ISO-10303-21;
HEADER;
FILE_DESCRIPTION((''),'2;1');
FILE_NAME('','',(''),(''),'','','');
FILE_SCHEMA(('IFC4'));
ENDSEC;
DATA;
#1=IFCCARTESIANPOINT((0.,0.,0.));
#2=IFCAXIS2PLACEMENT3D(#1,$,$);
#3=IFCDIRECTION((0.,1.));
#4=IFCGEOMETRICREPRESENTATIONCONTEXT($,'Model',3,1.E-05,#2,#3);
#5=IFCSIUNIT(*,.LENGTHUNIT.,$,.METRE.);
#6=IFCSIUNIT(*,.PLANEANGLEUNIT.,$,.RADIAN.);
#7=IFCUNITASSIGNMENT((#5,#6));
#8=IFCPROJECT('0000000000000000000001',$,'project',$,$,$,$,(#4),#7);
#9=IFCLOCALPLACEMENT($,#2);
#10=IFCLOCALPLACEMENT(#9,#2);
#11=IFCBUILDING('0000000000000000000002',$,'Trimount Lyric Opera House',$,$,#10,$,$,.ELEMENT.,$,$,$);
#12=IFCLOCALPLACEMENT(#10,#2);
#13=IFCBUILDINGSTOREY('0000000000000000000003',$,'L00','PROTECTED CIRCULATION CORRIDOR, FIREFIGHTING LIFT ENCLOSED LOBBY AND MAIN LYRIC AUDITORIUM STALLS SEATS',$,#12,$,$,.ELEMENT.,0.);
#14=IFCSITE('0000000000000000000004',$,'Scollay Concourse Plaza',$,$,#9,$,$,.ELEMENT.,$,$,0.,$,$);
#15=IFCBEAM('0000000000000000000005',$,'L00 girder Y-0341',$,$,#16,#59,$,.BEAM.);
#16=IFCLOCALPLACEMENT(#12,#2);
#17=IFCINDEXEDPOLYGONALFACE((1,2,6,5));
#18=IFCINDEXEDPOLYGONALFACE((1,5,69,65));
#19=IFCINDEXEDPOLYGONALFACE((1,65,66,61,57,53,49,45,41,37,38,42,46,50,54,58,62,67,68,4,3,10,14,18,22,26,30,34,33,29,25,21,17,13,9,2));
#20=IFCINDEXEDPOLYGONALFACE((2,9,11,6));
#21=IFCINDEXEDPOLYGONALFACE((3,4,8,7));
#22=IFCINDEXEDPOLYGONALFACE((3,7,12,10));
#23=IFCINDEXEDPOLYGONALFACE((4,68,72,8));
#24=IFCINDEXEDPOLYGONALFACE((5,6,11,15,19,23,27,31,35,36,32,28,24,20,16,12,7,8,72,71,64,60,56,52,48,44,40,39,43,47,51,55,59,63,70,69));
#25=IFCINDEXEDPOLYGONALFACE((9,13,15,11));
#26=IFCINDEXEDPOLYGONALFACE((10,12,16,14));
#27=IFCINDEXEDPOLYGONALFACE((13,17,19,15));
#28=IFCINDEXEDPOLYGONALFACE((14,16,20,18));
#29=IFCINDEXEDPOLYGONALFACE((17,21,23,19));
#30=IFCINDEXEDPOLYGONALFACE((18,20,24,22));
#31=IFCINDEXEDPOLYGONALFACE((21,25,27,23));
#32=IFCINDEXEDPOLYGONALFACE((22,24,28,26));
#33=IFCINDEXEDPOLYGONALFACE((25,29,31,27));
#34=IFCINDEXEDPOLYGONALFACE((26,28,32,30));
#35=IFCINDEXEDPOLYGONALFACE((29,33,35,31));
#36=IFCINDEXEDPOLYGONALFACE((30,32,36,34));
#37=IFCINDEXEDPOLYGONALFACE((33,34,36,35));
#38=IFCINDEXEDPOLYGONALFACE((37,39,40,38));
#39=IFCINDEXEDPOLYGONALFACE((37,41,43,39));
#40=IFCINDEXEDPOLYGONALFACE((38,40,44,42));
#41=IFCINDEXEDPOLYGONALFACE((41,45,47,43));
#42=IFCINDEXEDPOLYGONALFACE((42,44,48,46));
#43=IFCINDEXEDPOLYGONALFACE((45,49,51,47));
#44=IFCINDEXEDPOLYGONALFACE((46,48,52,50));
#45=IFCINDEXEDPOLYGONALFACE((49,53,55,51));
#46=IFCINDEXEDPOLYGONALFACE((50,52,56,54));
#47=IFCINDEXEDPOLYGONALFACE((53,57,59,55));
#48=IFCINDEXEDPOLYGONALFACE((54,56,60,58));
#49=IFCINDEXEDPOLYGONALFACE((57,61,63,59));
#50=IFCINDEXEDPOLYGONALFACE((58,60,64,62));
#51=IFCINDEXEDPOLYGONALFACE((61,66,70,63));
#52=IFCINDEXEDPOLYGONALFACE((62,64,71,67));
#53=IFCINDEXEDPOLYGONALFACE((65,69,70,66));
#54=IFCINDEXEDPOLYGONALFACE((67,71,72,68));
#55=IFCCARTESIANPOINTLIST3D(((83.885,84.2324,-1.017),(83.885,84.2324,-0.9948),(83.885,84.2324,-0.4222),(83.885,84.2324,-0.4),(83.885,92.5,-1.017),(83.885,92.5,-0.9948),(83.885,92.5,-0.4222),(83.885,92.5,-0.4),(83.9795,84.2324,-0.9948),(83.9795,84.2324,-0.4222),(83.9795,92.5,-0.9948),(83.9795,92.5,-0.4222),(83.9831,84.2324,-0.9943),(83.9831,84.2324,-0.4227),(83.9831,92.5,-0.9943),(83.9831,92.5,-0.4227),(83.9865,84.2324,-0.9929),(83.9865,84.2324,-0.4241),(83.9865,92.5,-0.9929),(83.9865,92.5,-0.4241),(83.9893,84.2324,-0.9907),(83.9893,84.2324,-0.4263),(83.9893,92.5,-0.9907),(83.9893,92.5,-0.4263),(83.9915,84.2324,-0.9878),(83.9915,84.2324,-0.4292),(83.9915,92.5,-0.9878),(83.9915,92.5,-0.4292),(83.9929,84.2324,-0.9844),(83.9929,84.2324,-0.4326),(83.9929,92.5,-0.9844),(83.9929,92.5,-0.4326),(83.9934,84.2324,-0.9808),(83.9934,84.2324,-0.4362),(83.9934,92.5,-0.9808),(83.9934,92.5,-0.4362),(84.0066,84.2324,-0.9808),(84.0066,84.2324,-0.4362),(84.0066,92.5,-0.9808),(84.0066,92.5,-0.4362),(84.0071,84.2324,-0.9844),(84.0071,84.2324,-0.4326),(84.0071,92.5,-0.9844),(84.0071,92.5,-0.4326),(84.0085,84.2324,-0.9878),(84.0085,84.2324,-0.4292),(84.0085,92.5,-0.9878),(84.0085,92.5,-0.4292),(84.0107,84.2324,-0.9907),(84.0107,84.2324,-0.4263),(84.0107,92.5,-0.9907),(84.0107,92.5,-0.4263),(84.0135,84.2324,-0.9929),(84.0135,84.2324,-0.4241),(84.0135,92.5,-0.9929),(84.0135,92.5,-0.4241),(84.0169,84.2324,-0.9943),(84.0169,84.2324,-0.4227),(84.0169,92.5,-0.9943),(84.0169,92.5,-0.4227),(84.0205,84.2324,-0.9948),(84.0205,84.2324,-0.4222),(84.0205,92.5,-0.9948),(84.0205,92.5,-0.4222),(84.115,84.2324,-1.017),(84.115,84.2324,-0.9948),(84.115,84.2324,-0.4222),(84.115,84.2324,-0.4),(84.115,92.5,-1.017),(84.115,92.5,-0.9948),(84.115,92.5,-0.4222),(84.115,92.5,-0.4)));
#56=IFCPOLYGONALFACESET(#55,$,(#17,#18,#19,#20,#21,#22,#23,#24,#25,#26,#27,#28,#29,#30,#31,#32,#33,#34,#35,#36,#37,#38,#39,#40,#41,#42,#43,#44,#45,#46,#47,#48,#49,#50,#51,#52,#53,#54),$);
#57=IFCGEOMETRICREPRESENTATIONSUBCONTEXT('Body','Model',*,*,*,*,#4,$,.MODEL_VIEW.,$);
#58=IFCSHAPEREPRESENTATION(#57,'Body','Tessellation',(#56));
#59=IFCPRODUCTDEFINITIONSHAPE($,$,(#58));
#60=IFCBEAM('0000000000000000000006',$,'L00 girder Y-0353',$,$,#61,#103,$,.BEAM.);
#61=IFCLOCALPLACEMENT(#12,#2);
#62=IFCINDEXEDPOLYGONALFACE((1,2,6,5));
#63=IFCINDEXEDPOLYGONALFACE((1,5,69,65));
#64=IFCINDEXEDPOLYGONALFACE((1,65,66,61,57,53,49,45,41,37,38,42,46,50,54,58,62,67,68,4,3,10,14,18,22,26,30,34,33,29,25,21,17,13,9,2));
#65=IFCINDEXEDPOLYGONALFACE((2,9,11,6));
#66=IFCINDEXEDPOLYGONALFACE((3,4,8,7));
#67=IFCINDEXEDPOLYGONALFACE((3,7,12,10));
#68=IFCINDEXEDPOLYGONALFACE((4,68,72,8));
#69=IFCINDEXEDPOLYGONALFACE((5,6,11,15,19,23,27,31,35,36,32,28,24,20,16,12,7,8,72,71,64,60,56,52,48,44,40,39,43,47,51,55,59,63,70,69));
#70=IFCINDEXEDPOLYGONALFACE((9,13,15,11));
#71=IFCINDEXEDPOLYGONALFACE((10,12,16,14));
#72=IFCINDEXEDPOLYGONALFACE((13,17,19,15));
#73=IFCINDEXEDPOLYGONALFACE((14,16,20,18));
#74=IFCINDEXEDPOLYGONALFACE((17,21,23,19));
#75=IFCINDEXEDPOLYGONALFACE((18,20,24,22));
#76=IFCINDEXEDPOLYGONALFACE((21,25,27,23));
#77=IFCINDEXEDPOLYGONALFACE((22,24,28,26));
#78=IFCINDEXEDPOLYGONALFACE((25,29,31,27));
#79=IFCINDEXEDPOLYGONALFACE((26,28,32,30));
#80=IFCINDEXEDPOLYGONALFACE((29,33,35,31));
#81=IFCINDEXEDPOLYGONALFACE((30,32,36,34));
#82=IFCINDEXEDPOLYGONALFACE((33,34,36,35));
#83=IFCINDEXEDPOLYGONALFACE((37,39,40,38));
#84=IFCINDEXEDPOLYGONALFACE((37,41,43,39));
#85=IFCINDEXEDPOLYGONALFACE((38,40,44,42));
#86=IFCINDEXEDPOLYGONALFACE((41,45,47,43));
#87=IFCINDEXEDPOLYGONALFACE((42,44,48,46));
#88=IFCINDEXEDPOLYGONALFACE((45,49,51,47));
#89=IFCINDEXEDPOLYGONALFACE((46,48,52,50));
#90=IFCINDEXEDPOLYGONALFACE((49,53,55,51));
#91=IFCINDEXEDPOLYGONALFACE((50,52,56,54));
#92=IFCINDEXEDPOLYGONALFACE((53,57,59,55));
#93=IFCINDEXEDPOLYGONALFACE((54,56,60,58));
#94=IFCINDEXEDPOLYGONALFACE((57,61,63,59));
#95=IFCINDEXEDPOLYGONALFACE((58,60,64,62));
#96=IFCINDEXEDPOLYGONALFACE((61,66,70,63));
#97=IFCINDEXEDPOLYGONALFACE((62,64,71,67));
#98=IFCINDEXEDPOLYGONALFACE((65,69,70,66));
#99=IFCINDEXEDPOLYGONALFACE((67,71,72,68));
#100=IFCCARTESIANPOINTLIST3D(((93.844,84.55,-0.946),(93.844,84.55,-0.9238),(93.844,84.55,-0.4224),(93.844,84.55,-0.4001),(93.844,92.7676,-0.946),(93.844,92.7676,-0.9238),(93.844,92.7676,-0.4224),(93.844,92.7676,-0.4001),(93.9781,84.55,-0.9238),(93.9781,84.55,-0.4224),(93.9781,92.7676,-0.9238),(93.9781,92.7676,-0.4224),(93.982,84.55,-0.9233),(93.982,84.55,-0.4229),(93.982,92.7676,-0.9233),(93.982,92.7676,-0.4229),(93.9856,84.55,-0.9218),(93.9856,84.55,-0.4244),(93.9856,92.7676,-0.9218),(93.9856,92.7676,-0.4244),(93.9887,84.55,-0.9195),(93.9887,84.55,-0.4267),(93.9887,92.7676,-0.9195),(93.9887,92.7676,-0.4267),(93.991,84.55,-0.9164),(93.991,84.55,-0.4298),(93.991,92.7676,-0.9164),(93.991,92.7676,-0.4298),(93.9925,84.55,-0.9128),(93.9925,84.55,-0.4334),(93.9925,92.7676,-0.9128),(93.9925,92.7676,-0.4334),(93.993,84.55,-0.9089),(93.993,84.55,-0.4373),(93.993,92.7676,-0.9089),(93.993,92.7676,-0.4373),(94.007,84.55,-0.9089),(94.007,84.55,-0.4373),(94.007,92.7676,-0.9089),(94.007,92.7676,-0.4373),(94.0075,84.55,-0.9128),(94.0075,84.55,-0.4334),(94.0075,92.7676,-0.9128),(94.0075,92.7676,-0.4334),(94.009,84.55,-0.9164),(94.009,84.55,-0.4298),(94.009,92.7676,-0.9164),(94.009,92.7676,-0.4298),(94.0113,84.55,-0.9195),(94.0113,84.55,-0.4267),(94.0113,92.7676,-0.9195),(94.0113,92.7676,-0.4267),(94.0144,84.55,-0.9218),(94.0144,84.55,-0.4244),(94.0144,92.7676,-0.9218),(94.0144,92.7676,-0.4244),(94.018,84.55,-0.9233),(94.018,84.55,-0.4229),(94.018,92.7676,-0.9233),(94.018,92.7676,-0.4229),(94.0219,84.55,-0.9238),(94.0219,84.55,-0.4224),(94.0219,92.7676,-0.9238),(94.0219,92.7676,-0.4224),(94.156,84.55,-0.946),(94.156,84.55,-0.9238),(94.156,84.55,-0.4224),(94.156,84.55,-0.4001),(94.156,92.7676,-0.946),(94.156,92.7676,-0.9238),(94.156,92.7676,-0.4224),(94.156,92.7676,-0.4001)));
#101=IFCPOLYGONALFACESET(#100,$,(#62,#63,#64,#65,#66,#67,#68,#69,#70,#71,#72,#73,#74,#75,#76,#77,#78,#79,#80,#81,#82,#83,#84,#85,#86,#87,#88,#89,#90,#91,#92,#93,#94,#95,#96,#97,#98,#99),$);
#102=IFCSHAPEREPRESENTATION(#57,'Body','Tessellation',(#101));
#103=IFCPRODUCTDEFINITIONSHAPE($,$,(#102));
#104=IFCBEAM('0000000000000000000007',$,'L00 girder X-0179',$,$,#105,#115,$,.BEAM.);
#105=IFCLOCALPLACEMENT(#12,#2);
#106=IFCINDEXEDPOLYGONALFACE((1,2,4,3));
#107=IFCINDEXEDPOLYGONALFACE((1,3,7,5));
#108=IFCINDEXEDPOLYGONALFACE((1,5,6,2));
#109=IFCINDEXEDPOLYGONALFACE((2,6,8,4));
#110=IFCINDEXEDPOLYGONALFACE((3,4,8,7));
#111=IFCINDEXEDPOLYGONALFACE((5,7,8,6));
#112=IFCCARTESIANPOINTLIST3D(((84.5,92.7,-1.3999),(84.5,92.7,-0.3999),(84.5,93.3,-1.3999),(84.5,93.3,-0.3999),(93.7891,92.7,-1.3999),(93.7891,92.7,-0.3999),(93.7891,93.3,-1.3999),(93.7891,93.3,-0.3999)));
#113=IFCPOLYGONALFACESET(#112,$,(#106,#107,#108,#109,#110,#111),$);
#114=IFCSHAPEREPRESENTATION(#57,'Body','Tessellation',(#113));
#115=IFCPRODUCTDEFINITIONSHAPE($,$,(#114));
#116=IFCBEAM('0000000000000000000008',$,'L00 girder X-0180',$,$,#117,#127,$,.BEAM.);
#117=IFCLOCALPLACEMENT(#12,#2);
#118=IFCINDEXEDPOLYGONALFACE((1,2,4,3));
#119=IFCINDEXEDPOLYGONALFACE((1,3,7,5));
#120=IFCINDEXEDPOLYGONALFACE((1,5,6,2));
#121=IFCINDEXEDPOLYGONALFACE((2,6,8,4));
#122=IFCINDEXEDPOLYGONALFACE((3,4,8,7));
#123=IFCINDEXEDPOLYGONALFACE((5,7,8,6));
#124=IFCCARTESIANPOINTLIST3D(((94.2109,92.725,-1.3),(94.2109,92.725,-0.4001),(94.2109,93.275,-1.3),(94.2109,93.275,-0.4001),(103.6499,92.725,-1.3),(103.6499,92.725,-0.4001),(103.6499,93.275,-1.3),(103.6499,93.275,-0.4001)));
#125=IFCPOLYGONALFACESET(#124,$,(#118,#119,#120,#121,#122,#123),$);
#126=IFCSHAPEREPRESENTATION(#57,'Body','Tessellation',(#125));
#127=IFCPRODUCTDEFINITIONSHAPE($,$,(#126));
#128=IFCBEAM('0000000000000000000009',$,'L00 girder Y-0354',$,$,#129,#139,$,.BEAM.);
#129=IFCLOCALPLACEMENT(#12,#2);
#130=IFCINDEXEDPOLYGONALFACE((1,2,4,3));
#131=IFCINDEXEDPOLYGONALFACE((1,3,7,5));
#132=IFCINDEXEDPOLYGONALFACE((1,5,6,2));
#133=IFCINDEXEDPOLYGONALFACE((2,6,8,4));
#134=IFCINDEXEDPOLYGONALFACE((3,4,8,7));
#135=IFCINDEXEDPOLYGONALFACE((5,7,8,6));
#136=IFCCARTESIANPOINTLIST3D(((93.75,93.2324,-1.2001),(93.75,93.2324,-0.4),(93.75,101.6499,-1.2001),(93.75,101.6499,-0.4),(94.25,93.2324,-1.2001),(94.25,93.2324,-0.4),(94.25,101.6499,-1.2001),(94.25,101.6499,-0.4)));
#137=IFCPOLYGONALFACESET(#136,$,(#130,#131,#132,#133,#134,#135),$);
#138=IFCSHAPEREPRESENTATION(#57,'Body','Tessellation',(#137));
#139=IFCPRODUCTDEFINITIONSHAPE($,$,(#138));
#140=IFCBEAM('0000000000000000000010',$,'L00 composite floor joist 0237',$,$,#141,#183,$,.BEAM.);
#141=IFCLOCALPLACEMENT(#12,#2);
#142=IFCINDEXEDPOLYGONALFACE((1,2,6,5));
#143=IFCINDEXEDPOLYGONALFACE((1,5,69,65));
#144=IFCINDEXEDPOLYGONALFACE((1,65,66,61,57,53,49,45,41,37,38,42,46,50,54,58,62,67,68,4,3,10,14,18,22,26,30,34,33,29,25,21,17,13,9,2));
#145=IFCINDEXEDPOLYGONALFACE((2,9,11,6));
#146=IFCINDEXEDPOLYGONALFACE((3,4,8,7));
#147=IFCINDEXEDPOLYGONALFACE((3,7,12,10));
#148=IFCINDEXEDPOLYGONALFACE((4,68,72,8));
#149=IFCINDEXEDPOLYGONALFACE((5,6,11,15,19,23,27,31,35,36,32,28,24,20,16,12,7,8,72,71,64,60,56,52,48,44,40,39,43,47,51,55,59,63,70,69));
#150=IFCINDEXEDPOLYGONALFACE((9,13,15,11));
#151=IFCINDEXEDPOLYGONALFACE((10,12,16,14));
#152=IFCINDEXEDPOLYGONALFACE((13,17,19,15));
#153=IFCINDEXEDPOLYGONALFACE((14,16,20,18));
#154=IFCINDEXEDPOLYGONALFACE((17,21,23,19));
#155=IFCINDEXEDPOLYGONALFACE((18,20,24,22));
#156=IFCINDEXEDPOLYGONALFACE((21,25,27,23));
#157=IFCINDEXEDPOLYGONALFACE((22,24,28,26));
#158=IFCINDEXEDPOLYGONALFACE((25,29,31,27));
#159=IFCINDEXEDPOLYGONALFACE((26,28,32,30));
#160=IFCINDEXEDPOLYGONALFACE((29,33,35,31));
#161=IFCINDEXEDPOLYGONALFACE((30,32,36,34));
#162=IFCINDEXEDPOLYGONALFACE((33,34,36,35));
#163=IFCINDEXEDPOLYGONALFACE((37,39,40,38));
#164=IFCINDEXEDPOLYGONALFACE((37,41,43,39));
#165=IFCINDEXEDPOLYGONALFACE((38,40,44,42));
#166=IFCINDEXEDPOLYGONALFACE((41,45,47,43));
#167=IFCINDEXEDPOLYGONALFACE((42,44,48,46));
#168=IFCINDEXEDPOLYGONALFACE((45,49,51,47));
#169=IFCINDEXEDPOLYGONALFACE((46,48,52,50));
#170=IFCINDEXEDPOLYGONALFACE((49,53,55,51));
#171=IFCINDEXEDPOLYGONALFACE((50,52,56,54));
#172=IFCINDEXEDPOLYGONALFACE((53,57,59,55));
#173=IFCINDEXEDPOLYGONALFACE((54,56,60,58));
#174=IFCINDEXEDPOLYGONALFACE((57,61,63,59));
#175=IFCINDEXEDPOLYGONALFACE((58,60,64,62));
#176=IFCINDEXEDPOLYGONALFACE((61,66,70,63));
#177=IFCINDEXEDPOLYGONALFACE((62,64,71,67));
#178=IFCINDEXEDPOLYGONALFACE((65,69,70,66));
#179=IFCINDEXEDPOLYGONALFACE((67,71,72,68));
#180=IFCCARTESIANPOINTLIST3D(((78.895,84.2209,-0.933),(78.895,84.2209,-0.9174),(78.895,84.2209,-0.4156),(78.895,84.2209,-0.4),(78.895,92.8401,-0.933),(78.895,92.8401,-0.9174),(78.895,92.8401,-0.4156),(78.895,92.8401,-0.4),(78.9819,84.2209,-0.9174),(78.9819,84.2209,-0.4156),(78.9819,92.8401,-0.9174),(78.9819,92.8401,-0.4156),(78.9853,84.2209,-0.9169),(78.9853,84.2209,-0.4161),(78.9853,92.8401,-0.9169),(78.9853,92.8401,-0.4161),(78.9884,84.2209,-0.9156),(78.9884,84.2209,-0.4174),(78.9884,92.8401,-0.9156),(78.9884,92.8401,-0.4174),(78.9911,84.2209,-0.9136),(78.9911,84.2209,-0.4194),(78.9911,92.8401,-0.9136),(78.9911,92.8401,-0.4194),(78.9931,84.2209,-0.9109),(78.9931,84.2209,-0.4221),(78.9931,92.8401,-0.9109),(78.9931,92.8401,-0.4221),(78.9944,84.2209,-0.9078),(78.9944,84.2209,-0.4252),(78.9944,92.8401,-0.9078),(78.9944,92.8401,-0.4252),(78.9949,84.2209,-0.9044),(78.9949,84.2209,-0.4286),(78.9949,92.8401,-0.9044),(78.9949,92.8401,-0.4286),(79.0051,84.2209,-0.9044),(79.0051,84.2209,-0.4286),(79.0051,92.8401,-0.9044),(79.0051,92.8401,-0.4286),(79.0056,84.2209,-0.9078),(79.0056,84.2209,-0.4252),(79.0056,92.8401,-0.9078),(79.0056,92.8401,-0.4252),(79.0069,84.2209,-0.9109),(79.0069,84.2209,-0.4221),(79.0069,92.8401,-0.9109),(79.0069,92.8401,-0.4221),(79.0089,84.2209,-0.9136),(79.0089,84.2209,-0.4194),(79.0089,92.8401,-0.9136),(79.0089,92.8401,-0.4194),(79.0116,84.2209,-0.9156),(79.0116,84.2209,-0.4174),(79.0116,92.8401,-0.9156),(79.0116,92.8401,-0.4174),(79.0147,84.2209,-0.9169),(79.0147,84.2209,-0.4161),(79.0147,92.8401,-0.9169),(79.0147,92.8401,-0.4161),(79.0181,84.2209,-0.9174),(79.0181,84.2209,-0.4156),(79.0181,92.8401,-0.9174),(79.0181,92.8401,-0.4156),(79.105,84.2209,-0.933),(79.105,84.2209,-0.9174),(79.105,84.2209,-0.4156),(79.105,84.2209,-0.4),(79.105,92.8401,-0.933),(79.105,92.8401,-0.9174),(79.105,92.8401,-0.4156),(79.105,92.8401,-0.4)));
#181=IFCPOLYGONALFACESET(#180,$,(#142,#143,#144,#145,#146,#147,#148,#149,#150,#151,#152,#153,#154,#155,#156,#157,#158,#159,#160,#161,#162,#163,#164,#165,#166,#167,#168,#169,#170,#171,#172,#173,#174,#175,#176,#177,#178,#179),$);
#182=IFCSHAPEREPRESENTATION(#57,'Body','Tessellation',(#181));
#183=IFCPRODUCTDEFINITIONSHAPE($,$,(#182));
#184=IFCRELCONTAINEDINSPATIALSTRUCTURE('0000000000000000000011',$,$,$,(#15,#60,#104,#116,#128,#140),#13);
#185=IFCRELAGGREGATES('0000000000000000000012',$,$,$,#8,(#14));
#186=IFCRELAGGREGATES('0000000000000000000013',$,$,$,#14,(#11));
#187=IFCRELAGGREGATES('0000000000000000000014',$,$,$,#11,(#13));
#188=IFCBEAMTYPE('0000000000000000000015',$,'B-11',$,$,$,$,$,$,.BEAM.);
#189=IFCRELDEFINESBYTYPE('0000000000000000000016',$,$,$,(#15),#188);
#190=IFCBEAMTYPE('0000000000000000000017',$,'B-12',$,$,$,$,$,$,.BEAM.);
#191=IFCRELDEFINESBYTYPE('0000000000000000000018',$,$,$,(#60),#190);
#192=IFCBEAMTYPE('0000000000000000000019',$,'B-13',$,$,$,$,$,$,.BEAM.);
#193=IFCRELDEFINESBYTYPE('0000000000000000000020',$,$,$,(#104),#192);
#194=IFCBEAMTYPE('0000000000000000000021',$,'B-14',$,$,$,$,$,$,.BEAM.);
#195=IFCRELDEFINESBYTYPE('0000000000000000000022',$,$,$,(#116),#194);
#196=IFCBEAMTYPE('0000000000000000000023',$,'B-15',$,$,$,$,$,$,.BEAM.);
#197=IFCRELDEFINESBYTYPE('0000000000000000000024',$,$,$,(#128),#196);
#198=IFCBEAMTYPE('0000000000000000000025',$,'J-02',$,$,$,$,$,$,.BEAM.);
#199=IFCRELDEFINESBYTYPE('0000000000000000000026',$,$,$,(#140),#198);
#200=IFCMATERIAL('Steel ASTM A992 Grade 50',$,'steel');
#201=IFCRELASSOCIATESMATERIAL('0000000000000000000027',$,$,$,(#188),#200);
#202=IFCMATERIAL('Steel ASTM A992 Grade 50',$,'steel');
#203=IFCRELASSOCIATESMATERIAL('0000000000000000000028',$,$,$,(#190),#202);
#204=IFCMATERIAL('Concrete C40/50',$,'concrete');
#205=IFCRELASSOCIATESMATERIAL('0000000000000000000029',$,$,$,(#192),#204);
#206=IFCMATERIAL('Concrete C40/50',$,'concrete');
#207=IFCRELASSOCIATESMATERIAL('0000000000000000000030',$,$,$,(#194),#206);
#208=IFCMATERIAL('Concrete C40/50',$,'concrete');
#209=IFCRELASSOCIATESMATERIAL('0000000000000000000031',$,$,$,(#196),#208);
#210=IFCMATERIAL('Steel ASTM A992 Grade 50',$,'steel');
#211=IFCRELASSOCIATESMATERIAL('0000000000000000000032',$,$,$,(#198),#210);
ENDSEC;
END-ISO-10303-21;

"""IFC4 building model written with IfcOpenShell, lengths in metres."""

from ifc_helpers import new_model, si_unit, direction, frame, origin, origin_2d, place, context, subcontext, project, spatial, rectangle, i_section, extrude, material, material_profile, profile_set, type_object, element, save


model = new_model("IFC4")

# Units and contexts
model_context = context("Model", 3, precision=1e-05, world=origin(), true_north=direction((0.0, 1.0)))
body_context = subcontext(model_context, "Body", "Model", "MODEL_VIEW")
ifc_project = project(units=[si_unit("LENGTHUNIT", "METRE"), si_unit("PLANEANGLEUNIT", "RADIAN")], contexts=[model_context])

# Site, building, storey
site_placement = place(None, origin())
site = spatial("IfcSite", under=ifc_project, at=site_placement, Name="Scollay Concourse Plaza", CompositionType="ELEMENT", RefElevation=0.0)
building_placement = place(site_placement, origin())
building = spatial("IfcBuilding", under=site, at=building_placement, Name="Trimount Lyric Opera House", CompositionType="ELEMENT")
storey_placement = place(building_placement, origin())
storey = spatial("IfcBuildingStorey", under=building, at=storey_placement, Name="L00", Description="PROTECTED CIRCULATION CORRIDOR, FIREFIGHTING LIFT ENCLOSED LOBBY AND MAIN LYRIC AUDITORIUM STALLS SEATS", CompositionType="ELEMENT", Elevation=0.0)

# Beams
ifc_material_1 = material(Name="Steel ASTM A992 Grade 50", Category="steel")
ifc_material_profile_1 = material_profile(ifc_material_1, i_section(OverallWidth=0.23, OverallDepth=0.6169, WebThickness=0.0132, FlangeThickness=0.0222, FilletRadius=0.0139, at=origin_2d()), Name="W24X94")
ifc_profile_set_1 = profile_set([ifc_material_profile_1], Name="Steel ASTM A992 Grade 50")
beam_type_1 = type_object("IfcBeamType", Name="B-11", PredefinedType="BEAM", material=ifc_profile_set_1)
beam_1_placement = place(storey_placement, frame((84.0, 84.2324, -0.7085), z_axis=(0.0, 1.0, 0.0), x_axis=(-1.0, 0.0, 0.0)))
element("IfcBeam", 1, at=beam_1_placement, inside=storey, type_object=beam_type_1, Name="L00 girder Y-0341", PredefinedType="BEAM", context=body_context, shape_type="SweptSolid", body=[
    extrude(i_section(OverallWidth=0.23, OverallDepth=0.6169, WebThickness=0.0132, FlangeThickness=0.0222, FilletRadius=0.0139, at=origin_2d()), origin(), (0.0, 0.0, 1.0), 8.2676),
])
ifc_material_2 = material(Name="Steel ASTM A992 Grade 50", Category="steel")
ifc_material_profile_2 = material_profile(ifc_material_2, i_section(OverallWidth=0.312, OverallDepth=0.5459, WebThickness=0.0139, FlangeThickness=0.0222, FilletRadius=0.0149, at=origin_2d()), Name="W21X111")
ifc_profile_set_2 = profile_set([ifc_material_profile_2], Name="Steel ASTM A992 Grade 50")
beam_type_2 = type_object("IfcBeamType", Name="B-12", PredefinedType="BEAM", material=ifc_profile_set_2)
beam_2_placement = place(storey_placement, frame((94.0, 84.55, -0.6731), z_axis=(0.0, 1.0, 0.0), x_axis=(-1.0, 0.0, 0.0)))
element("IfcBeam", 2, at=beam_2_placement, inside=storey, type_object=beam_type_2, Name="L00 girder Y-0353", PredefinedType="BEAM", context=body_context, shape_type="SweptSolid", body=[
    extrude(i_section(OverallWidth=0.312, OverallDepth=0.5459, WebThickness=0.0139, FlangeThickness=0.0222, FilletRadius=0.0149, at=origin_2d()), origin(), (0.0, 0.0, 1.0), 8.2175),
])
ifc_material_3 = material(Name="Concrete C40/50", Category="concrete")
ifc_material_profile_3 = material_profile(ifc_material_3, rectangle(XDim=0.6001, YDim=1.0, at=origin_2d()), Name="RC600X1000")
ifc_profile_set_3 = profile_set([ifc_material_profile_3], Name="Concrete C40/50")
beam_type_3 = type_object("IfcBeamType", Name="B-13", PredefinedType="BEAM", material=ifc_profile_set_3)
beam_3_placement = place(storey_placement, frame((84.5, 93.0, -0.8999), z_axis=(1.0, 0.0, 0.0), x_axis=(0.0, 1.0, 0.0)))
element("IfcBeam", 3, at=beam_3_placement, inside=storey, type_object=beam_type_3, Name="L00 girder X-0179", PredefinedType="BEAM", context=body_context, shape_type="SweptSolid", body=[
    extrude(rectangle(XDim=0.6001, YDim=1.0, at=origin_2d()), origin(), (0.0, 0.0, 1.0), 9.2891),
])
ifc_material_4 = material(Name="Concrete C40/50", Category="concrete")
ifc_material_profile_4 = material_profile(ifc_material_4, rectangle(XDim=0.55, YDim=0.8999, at=origin_2d()), Name="RC550X900")
ifc_profile_set_4 = profile_set([ifc_material_profile_4], Name="Concrete C40/50")
beam_type_4 = type_object("IfcBeamType", Name="B-14", PredefinedType="BEAM", material=ifc_profile_set_4)
beam_4_placement = place(storey_placement, frame((94.2109, 93.0, -0.8501), z_axis=(1.0, 0.0, 0.0), x_axis=(0.0, 1.0, 0.0)))
element("IfcBeam", 4, at=beam_4_placement, inside=storey, type_object=beam_type_4, Name="L00 girder X-0180", PredefinedType="BEAM", context=body_context, shape_type="SweptSolid", body=[
    extrude(rectangle(XDim=0.55, YDim=0.8999, at=origin_2d()), origin(), (0.0, 0.0, 1.0), 9.439),
])
ifc_material_5 = material(Name="Concrete C40/50", Category="concrete")
ifc_material_profile_5 = material_profile(ifc_material_5, rectangle(XDim=0.5, YDim=0.8, at=origin_2d()), Name="RC500X800")
ifc_profile_set_5 = profile_set([ifc_material_profile_5], Name="Concrete C40/50")
beam_type_5 = type_object("IfcBeamType", Name="B-15", PredefinedType="BEAM", material=ifc_profile_set_5)
beam_5_placement = place(storey_placement, frame((94.0, 93.2324, -0.8), z_axis=(0.0, 1.0, 0.0), x_axis=(-1.0, 0.0, 0.0)))
element("IfcBeam", 5, at=beam_5_placement, inside=storey, type_object=beam_type_5, Name="L00 girder Y-0354", PredefinedType="BEAM", context=body_context, shape_type="SweptSolid", body=[
    extrude(rectangle(XDim=0.5, YDim=0.8, at=origin_2d()), origin(), (0.0, 0.0, 1.0), 8.4175),
])
ifc_material_6 = material(Name="Steel ASTM A992 Grade 50", Category="steel")
ifc_material_profile_6 = material_profile(ifc_material_6, i_section(OverallWidth=0.21, OverallDepth=0.533, WebThickness=0.0103, FlangeThickness=0.0156, FilletRadius=0.0129, at=origin_2d()), Name="W21X62")
ifc_profile_set_6 = profile_set([ifc_material_profile_6], Name="Steel ASTM A992 Grade 50")
beam_type_6 = type_object("IfcBeamType", Name="J-02", PredefinedType="BEAM", material=ifc_profile_set_6)
beam_6_placement = place(storey_placement, frame((79.0, 84.2209, -0.6665), z_axis=(0.0, 1.0, 0.0), x_axis=(-1.0, 0.0, 0.0)))
element("IfcBeam", 6, at=beam_6_placement, inside=storey, type_object=beam_type_6, Name="L00 composite floor joist 0237", PredefinedType="BEAM", context=body_context, shape_type="SweptSolid", body=[
    extrude(i_section(OverallWidth=0.21, OverallDepth=0.533, WebThickness=0.0103, FlangeThickness=0.0156, FilletRadius=0.0129, at=origin_2d()), origin(), (0.0, 0.0, 1.0), 8.6191),
])

save(model, "model.ifc")
